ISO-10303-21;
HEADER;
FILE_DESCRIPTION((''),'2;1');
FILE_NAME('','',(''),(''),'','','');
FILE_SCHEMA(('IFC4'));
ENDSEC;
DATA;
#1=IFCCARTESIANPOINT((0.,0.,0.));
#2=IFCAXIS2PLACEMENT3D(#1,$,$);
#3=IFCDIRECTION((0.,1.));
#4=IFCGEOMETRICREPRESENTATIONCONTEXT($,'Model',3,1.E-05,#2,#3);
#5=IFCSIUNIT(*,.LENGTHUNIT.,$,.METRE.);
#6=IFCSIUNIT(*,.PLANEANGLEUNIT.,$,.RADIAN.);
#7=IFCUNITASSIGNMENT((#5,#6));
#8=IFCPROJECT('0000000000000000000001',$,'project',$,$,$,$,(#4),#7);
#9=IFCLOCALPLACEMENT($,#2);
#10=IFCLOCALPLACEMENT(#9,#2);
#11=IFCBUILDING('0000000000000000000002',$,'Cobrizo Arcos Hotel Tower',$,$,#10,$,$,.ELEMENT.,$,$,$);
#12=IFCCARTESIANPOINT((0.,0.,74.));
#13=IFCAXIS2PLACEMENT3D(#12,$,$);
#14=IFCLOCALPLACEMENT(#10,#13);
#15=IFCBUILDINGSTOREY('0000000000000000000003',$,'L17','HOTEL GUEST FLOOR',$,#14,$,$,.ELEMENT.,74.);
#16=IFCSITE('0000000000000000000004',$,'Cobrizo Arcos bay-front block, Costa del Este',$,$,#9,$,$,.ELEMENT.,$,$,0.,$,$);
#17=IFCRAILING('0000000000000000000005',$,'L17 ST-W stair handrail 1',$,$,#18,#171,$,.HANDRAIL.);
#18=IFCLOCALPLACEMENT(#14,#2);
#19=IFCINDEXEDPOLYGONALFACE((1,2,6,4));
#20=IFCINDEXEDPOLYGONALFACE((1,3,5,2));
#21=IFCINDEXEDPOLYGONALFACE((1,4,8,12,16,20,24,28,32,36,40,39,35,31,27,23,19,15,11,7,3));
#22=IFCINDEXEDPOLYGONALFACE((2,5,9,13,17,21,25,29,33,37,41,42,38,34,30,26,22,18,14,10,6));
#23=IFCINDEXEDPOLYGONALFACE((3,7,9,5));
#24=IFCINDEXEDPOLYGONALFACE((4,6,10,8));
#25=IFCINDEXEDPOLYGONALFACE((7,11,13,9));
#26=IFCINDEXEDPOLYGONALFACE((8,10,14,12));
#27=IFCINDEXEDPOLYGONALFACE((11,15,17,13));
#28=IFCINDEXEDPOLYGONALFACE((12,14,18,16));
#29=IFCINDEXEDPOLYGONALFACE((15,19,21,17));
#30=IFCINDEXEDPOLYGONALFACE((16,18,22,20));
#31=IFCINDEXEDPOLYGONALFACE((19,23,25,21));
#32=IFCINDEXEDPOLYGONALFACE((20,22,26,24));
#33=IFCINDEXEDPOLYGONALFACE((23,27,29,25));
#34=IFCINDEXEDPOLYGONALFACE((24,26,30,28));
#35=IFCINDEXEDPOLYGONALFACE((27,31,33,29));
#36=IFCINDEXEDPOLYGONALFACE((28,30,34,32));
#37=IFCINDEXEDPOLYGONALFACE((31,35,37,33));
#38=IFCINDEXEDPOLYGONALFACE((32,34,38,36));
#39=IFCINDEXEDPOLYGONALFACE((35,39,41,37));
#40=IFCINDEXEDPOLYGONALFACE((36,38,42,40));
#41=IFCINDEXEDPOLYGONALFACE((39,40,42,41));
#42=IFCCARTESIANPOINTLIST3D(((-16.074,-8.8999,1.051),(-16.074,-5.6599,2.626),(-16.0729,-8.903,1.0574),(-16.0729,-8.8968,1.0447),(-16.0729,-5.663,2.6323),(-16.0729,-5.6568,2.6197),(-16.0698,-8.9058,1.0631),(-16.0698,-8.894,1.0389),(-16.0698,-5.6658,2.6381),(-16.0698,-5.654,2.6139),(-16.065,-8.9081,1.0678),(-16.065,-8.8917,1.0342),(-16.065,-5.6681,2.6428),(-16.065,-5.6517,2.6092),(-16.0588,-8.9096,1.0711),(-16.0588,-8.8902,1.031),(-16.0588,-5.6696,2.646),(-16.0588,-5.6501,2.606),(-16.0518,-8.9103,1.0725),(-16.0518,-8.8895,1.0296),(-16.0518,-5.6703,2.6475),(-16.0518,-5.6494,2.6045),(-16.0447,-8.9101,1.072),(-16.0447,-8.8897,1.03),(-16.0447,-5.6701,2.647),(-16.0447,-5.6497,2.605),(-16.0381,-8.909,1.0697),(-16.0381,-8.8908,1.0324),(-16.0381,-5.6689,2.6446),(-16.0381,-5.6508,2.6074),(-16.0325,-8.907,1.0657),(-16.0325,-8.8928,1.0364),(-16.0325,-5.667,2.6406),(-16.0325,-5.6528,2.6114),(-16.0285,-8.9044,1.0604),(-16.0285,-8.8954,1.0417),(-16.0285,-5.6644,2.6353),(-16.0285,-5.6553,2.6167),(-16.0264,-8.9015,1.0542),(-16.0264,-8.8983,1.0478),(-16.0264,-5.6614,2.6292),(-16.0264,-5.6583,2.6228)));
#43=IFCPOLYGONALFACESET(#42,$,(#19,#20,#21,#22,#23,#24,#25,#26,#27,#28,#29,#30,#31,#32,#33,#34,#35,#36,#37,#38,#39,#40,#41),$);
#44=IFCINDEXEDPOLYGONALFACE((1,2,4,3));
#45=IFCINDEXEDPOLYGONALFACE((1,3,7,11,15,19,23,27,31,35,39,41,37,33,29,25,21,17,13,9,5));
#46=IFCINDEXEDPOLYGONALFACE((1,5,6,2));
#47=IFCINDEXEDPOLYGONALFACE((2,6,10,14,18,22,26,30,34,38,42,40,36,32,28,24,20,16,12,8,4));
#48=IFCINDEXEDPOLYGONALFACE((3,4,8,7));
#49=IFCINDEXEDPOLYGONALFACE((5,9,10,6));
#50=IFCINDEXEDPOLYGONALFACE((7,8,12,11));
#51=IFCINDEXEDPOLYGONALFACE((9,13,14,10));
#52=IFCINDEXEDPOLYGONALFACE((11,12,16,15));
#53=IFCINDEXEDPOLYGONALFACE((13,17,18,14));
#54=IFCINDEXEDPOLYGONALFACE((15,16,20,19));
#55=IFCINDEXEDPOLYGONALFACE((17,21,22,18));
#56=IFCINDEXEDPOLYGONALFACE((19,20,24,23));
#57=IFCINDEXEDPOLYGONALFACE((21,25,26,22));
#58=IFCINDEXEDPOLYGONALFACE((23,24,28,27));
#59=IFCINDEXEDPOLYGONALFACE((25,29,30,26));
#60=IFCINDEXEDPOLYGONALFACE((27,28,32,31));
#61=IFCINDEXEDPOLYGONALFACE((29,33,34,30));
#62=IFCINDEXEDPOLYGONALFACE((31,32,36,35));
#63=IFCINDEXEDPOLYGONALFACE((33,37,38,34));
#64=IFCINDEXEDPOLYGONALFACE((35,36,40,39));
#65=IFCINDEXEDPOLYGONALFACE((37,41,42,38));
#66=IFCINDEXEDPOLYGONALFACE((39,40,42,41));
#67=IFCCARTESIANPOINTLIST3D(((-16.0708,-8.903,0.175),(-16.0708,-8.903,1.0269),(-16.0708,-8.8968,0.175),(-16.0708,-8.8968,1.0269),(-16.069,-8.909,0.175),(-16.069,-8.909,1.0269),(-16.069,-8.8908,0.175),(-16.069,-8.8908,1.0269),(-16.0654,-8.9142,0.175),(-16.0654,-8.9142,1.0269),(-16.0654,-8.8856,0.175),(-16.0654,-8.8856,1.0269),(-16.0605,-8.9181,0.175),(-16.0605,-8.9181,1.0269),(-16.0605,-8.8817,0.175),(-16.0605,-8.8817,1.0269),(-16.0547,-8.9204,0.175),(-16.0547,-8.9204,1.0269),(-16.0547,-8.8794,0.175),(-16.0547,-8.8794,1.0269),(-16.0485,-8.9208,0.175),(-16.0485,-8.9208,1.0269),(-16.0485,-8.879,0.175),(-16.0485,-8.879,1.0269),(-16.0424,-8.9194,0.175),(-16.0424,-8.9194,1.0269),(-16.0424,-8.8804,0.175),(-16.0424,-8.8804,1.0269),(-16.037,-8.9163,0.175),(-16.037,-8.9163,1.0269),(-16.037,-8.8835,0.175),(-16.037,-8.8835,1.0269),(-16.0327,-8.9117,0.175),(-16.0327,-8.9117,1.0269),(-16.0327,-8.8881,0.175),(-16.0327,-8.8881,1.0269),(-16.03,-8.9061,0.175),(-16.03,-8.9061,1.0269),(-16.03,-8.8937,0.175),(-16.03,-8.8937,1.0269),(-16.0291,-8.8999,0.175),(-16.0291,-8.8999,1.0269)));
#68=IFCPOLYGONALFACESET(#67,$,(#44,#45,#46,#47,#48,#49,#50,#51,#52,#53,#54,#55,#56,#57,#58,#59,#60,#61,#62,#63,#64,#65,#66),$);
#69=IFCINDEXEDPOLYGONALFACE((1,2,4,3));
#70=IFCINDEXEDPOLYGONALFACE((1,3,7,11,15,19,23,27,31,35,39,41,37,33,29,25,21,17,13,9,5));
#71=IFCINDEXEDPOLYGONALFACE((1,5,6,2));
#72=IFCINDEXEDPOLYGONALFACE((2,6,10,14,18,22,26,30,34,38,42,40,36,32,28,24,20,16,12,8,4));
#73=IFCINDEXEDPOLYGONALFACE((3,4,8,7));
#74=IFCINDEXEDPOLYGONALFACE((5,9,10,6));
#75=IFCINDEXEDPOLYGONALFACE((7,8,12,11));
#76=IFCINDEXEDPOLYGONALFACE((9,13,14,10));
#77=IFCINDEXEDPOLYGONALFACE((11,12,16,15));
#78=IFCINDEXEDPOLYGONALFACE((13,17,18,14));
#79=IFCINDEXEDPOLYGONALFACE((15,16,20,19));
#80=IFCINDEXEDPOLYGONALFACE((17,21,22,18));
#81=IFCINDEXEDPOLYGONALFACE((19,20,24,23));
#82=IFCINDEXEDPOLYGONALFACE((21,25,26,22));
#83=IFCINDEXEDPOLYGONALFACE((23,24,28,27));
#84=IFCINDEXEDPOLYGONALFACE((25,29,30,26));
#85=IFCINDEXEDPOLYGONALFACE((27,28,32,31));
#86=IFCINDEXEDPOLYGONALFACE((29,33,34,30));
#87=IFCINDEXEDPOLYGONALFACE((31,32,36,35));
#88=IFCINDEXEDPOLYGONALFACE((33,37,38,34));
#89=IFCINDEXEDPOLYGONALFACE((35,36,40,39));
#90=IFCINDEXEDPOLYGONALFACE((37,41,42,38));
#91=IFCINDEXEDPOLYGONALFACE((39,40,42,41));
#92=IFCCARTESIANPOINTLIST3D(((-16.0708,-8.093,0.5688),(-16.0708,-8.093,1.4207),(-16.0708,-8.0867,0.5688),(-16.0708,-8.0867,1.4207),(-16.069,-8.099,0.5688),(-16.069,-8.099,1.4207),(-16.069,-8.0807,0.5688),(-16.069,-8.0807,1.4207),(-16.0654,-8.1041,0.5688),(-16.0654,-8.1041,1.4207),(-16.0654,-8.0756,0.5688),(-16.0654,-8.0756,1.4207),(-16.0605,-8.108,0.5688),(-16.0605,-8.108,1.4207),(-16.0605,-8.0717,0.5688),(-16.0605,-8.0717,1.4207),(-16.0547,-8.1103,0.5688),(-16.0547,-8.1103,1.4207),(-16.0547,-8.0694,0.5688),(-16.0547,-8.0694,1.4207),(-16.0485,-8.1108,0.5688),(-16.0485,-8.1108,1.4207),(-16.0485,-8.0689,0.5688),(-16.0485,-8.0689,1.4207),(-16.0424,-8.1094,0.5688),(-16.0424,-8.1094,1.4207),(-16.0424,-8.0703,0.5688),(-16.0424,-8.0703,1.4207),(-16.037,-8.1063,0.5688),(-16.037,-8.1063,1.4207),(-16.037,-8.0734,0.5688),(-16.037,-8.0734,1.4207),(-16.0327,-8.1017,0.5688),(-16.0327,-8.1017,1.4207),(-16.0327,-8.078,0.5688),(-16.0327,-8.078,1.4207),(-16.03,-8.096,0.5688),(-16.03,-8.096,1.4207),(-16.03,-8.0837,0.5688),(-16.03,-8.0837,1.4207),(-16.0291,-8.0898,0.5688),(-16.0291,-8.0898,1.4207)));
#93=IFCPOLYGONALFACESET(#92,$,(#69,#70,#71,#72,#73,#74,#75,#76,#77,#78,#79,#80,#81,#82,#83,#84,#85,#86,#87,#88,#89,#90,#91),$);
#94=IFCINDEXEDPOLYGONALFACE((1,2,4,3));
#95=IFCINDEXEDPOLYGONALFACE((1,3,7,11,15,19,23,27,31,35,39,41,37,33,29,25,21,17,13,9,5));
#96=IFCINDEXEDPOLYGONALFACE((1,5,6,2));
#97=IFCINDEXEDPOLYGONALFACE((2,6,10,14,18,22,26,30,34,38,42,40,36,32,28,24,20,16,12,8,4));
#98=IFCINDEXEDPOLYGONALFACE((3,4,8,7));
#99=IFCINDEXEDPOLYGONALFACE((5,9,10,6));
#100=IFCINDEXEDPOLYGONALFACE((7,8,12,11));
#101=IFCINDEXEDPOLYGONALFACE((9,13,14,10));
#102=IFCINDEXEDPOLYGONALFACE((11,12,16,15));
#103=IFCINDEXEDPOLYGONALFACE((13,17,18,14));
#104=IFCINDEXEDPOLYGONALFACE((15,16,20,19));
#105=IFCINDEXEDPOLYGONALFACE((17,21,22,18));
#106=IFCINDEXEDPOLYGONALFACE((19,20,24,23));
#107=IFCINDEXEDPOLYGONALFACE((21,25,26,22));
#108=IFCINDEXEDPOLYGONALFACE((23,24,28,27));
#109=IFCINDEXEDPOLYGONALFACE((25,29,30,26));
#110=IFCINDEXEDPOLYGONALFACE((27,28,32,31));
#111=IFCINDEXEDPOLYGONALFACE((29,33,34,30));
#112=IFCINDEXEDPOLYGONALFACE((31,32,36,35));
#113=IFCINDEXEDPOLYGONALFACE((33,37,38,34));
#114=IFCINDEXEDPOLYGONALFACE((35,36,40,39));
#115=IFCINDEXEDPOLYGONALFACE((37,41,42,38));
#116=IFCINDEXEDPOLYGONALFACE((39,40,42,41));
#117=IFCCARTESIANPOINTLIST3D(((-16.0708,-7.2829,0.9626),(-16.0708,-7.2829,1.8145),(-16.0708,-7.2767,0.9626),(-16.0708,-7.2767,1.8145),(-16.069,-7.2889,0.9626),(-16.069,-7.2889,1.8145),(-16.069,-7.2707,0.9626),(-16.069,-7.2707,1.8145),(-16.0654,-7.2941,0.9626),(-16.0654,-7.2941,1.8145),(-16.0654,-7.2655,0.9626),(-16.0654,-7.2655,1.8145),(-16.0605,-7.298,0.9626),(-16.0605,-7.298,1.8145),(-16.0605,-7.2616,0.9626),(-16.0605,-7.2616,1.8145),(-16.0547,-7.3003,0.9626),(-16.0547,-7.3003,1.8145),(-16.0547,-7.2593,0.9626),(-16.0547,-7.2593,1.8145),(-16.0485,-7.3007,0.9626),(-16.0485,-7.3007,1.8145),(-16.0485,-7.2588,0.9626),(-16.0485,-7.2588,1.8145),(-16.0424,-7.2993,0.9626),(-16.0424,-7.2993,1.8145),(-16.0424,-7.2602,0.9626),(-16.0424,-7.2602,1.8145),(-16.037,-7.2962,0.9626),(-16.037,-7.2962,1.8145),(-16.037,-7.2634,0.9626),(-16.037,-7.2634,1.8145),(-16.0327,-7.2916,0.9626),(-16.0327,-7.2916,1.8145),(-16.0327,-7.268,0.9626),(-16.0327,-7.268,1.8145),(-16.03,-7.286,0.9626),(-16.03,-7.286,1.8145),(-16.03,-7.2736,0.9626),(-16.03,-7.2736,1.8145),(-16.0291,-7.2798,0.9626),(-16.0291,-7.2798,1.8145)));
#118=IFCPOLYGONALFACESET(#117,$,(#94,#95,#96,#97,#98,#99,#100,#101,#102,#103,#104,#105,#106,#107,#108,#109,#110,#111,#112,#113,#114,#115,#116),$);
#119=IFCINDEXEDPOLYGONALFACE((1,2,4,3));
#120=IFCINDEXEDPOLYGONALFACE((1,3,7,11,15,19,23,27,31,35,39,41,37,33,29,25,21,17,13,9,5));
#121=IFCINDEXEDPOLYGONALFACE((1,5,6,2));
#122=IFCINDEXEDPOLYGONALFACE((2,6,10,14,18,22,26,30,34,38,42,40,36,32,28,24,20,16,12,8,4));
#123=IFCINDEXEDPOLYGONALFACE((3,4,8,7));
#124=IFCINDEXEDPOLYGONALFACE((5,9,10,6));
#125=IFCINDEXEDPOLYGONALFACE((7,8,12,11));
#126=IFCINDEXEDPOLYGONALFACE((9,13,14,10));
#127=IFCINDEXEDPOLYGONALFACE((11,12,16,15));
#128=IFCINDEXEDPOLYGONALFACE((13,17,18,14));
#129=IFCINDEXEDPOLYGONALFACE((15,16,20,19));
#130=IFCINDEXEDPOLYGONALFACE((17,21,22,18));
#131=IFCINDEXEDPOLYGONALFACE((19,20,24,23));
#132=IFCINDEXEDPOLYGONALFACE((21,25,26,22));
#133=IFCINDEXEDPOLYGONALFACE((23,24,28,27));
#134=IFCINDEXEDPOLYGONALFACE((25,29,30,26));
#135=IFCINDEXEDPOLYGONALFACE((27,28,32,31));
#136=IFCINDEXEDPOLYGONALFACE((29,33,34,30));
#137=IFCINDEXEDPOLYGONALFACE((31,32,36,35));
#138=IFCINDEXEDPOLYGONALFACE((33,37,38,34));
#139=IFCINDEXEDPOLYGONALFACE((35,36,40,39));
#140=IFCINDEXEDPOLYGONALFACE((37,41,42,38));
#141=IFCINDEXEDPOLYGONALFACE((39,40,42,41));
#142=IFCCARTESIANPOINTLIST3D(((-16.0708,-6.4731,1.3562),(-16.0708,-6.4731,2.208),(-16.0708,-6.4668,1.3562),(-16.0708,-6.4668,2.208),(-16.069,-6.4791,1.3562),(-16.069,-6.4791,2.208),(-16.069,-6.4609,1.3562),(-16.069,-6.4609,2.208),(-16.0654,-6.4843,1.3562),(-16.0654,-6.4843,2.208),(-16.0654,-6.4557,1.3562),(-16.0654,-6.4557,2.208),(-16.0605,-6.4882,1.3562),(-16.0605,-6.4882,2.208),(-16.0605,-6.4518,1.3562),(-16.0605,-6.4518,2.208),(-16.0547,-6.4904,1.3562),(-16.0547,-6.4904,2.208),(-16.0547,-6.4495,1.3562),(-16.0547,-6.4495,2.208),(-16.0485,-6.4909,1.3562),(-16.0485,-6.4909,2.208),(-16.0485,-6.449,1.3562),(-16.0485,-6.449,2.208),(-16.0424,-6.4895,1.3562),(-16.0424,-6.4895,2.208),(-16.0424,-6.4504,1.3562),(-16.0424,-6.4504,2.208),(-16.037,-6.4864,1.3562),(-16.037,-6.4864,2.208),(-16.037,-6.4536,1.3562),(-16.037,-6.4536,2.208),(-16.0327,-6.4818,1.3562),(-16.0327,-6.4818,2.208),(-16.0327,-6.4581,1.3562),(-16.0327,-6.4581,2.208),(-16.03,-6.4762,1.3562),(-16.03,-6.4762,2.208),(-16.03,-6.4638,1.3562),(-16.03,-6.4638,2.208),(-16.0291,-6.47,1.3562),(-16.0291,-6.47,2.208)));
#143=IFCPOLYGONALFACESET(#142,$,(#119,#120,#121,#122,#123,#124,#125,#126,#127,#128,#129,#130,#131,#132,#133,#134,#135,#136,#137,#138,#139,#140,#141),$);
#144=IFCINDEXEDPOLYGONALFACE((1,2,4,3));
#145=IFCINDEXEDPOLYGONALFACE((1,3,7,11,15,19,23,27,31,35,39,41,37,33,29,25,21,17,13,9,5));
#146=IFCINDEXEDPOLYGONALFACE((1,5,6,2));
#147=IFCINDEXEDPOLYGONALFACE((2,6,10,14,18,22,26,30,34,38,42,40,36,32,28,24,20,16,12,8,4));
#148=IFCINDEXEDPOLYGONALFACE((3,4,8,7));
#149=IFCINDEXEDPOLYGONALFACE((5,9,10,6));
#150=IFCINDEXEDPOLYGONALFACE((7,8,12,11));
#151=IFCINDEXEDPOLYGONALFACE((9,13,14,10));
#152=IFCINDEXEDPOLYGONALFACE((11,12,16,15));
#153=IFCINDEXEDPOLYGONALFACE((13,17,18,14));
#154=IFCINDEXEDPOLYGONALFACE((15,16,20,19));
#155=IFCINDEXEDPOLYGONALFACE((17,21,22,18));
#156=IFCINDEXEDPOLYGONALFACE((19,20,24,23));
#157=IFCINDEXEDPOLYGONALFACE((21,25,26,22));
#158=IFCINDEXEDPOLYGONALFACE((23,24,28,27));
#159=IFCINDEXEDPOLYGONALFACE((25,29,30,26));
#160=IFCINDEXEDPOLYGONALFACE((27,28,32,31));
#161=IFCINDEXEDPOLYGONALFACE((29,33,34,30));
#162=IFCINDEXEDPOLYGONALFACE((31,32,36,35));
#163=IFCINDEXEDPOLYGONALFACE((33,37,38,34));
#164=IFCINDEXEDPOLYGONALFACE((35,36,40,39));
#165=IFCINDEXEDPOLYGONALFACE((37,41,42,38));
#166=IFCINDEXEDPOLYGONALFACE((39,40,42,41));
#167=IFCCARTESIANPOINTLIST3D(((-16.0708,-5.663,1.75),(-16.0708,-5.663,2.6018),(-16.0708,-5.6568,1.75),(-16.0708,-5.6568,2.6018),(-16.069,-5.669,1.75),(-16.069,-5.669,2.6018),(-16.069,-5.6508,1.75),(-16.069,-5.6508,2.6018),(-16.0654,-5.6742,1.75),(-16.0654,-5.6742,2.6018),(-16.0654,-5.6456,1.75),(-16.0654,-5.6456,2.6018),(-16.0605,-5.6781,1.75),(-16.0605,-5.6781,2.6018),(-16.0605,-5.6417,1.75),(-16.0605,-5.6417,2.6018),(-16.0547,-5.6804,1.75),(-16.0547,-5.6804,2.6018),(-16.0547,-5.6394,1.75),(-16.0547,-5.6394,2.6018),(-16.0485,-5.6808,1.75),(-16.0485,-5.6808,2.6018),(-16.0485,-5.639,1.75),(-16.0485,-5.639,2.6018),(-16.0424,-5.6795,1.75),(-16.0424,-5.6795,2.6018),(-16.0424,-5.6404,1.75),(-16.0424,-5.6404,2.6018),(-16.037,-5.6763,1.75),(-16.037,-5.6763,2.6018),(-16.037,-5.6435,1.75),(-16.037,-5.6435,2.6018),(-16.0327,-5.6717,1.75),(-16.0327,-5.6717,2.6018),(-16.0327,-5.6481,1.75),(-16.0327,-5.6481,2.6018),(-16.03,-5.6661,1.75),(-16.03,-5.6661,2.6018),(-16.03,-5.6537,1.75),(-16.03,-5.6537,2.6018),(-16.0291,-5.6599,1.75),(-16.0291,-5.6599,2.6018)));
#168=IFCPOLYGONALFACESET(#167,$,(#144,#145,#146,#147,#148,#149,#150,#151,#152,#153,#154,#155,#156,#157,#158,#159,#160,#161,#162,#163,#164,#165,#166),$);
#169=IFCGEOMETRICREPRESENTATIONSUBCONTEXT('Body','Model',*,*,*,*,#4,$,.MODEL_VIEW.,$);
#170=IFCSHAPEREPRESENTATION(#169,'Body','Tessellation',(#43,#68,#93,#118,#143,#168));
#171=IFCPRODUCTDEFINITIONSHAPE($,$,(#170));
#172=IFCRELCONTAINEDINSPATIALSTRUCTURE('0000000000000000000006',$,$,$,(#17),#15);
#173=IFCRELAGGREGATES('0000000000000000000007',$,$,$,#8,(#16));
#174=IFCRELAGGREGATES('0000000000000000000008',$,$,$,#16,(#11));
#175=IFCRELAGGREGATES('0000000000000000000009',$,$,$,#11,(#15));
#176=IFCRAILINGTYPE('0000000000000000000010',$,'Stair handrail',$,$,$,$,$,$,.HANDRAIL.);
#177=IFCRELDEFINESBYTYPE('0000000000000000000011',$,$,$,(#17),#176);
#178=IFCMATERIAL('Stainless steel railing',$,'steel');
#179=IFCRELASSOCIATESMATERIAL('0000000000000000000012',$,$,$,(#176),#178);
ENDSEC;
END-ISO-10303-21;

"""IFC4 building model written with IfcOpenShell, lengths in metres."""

from ifc_helpers import new_model, si_unit, direction, frame, origin, origin_2d, place, context, subcontext, project, spatial, circle, extrude, material, type_object, element, save


model = new_model("IFC4")

# Units and contexts
model_context = context("Model", 3, precision=1e-05, world=origin(), true_north=direction((0.0, 1.0)))
body_context = subcontext(model_context, "Body", "Model", "MODEL_VIEW")
ifc_project = project(units=[si_unit("LENGTHUNIT", "METRE"), si_unit("PLANEANGLEUNIT", "RADIAN")], contexts=[model_context])

# Site, building, storey
site_placement = place(None, origin())
site = spatial("IfcSite", under=ifc_project, at=site_placement, Name="Cobrizo Arcos bay-front block, Costa del Este", CompositionType="ELEMENT", RefElevation=0.0)
building_placement = place(site_placement, origin())
building = spatial("IfcBuilding", under=site, at=building_placement, Name="Cobrizo Arcos Hotel Tower", CompositionType="ELEMENT")
storey_placement = place(building_placement, frame((0.0, 0.0, 74.0)))
storey = spatial("IfcBuildingStorey", under=building, at=storey_placement, Name="L17", Description="HOTEL GUEST FLOOR", CompositionType="ELEMENT", Elevation=74.0)

# Railing
ifc_material_1 = material(Name="Stainless steel railing", Category="steel")
railing_type_1 = type_object("IfcRailingType", Name="Stair handrail", PredefinedType="HANDRAIL", material=ifc_material_1)
railing_1_placement = place(storey_placement, frame((-16.05, -8.8999, 0.175)))
element("IfcRailing", 1, at=railing_1_placement, inside=storey, type_object=railing_type_1, Name="L17 ST-W stair handrail 1", PredefinedType="HANDRAIL", context=body_context, shape_type="SweptSolid", body=[
    extrude(circle(Radius=0.0239, at=origin_2d()), frame((0.0, 0.0, 0.876), z_axis=(0.0, 0.899373, 0.437183), x_axis=(-1.0, 0.0, 0.0)), (0.0, 0.0, 1.0), 3.6025),
    extrude(circle(Radius=0.021, at=origin_2d()), origin(), (0.0, 0.0, 1.0), 0.8518),
    extrude(circle(Radius=0.021, at=origin_2d()), frame((0.0, 0.8101, 0.3938)), (0.0, 0.0, 1.0), 0.8518),
    extrude(circle(Radius=0.021, at=origin_2d()), frame((0.0, 1.6201, 0.7876)), (0.0, 0.0, 1.0), 0.8518),
    extrude(circle(Radius=0.021, at=origin_2d()), frame((0.0, 2.4299, 1.1812)), (0.0, 0.0, 1.0), 0.8518),
    extrude(circle(Radius=0.021, at=origin_2d()), frame((0.0, 3.24, 1.575)), (0.0, 0.0, 1.0), 0.8518),
])

save(model, "model.ifc")
